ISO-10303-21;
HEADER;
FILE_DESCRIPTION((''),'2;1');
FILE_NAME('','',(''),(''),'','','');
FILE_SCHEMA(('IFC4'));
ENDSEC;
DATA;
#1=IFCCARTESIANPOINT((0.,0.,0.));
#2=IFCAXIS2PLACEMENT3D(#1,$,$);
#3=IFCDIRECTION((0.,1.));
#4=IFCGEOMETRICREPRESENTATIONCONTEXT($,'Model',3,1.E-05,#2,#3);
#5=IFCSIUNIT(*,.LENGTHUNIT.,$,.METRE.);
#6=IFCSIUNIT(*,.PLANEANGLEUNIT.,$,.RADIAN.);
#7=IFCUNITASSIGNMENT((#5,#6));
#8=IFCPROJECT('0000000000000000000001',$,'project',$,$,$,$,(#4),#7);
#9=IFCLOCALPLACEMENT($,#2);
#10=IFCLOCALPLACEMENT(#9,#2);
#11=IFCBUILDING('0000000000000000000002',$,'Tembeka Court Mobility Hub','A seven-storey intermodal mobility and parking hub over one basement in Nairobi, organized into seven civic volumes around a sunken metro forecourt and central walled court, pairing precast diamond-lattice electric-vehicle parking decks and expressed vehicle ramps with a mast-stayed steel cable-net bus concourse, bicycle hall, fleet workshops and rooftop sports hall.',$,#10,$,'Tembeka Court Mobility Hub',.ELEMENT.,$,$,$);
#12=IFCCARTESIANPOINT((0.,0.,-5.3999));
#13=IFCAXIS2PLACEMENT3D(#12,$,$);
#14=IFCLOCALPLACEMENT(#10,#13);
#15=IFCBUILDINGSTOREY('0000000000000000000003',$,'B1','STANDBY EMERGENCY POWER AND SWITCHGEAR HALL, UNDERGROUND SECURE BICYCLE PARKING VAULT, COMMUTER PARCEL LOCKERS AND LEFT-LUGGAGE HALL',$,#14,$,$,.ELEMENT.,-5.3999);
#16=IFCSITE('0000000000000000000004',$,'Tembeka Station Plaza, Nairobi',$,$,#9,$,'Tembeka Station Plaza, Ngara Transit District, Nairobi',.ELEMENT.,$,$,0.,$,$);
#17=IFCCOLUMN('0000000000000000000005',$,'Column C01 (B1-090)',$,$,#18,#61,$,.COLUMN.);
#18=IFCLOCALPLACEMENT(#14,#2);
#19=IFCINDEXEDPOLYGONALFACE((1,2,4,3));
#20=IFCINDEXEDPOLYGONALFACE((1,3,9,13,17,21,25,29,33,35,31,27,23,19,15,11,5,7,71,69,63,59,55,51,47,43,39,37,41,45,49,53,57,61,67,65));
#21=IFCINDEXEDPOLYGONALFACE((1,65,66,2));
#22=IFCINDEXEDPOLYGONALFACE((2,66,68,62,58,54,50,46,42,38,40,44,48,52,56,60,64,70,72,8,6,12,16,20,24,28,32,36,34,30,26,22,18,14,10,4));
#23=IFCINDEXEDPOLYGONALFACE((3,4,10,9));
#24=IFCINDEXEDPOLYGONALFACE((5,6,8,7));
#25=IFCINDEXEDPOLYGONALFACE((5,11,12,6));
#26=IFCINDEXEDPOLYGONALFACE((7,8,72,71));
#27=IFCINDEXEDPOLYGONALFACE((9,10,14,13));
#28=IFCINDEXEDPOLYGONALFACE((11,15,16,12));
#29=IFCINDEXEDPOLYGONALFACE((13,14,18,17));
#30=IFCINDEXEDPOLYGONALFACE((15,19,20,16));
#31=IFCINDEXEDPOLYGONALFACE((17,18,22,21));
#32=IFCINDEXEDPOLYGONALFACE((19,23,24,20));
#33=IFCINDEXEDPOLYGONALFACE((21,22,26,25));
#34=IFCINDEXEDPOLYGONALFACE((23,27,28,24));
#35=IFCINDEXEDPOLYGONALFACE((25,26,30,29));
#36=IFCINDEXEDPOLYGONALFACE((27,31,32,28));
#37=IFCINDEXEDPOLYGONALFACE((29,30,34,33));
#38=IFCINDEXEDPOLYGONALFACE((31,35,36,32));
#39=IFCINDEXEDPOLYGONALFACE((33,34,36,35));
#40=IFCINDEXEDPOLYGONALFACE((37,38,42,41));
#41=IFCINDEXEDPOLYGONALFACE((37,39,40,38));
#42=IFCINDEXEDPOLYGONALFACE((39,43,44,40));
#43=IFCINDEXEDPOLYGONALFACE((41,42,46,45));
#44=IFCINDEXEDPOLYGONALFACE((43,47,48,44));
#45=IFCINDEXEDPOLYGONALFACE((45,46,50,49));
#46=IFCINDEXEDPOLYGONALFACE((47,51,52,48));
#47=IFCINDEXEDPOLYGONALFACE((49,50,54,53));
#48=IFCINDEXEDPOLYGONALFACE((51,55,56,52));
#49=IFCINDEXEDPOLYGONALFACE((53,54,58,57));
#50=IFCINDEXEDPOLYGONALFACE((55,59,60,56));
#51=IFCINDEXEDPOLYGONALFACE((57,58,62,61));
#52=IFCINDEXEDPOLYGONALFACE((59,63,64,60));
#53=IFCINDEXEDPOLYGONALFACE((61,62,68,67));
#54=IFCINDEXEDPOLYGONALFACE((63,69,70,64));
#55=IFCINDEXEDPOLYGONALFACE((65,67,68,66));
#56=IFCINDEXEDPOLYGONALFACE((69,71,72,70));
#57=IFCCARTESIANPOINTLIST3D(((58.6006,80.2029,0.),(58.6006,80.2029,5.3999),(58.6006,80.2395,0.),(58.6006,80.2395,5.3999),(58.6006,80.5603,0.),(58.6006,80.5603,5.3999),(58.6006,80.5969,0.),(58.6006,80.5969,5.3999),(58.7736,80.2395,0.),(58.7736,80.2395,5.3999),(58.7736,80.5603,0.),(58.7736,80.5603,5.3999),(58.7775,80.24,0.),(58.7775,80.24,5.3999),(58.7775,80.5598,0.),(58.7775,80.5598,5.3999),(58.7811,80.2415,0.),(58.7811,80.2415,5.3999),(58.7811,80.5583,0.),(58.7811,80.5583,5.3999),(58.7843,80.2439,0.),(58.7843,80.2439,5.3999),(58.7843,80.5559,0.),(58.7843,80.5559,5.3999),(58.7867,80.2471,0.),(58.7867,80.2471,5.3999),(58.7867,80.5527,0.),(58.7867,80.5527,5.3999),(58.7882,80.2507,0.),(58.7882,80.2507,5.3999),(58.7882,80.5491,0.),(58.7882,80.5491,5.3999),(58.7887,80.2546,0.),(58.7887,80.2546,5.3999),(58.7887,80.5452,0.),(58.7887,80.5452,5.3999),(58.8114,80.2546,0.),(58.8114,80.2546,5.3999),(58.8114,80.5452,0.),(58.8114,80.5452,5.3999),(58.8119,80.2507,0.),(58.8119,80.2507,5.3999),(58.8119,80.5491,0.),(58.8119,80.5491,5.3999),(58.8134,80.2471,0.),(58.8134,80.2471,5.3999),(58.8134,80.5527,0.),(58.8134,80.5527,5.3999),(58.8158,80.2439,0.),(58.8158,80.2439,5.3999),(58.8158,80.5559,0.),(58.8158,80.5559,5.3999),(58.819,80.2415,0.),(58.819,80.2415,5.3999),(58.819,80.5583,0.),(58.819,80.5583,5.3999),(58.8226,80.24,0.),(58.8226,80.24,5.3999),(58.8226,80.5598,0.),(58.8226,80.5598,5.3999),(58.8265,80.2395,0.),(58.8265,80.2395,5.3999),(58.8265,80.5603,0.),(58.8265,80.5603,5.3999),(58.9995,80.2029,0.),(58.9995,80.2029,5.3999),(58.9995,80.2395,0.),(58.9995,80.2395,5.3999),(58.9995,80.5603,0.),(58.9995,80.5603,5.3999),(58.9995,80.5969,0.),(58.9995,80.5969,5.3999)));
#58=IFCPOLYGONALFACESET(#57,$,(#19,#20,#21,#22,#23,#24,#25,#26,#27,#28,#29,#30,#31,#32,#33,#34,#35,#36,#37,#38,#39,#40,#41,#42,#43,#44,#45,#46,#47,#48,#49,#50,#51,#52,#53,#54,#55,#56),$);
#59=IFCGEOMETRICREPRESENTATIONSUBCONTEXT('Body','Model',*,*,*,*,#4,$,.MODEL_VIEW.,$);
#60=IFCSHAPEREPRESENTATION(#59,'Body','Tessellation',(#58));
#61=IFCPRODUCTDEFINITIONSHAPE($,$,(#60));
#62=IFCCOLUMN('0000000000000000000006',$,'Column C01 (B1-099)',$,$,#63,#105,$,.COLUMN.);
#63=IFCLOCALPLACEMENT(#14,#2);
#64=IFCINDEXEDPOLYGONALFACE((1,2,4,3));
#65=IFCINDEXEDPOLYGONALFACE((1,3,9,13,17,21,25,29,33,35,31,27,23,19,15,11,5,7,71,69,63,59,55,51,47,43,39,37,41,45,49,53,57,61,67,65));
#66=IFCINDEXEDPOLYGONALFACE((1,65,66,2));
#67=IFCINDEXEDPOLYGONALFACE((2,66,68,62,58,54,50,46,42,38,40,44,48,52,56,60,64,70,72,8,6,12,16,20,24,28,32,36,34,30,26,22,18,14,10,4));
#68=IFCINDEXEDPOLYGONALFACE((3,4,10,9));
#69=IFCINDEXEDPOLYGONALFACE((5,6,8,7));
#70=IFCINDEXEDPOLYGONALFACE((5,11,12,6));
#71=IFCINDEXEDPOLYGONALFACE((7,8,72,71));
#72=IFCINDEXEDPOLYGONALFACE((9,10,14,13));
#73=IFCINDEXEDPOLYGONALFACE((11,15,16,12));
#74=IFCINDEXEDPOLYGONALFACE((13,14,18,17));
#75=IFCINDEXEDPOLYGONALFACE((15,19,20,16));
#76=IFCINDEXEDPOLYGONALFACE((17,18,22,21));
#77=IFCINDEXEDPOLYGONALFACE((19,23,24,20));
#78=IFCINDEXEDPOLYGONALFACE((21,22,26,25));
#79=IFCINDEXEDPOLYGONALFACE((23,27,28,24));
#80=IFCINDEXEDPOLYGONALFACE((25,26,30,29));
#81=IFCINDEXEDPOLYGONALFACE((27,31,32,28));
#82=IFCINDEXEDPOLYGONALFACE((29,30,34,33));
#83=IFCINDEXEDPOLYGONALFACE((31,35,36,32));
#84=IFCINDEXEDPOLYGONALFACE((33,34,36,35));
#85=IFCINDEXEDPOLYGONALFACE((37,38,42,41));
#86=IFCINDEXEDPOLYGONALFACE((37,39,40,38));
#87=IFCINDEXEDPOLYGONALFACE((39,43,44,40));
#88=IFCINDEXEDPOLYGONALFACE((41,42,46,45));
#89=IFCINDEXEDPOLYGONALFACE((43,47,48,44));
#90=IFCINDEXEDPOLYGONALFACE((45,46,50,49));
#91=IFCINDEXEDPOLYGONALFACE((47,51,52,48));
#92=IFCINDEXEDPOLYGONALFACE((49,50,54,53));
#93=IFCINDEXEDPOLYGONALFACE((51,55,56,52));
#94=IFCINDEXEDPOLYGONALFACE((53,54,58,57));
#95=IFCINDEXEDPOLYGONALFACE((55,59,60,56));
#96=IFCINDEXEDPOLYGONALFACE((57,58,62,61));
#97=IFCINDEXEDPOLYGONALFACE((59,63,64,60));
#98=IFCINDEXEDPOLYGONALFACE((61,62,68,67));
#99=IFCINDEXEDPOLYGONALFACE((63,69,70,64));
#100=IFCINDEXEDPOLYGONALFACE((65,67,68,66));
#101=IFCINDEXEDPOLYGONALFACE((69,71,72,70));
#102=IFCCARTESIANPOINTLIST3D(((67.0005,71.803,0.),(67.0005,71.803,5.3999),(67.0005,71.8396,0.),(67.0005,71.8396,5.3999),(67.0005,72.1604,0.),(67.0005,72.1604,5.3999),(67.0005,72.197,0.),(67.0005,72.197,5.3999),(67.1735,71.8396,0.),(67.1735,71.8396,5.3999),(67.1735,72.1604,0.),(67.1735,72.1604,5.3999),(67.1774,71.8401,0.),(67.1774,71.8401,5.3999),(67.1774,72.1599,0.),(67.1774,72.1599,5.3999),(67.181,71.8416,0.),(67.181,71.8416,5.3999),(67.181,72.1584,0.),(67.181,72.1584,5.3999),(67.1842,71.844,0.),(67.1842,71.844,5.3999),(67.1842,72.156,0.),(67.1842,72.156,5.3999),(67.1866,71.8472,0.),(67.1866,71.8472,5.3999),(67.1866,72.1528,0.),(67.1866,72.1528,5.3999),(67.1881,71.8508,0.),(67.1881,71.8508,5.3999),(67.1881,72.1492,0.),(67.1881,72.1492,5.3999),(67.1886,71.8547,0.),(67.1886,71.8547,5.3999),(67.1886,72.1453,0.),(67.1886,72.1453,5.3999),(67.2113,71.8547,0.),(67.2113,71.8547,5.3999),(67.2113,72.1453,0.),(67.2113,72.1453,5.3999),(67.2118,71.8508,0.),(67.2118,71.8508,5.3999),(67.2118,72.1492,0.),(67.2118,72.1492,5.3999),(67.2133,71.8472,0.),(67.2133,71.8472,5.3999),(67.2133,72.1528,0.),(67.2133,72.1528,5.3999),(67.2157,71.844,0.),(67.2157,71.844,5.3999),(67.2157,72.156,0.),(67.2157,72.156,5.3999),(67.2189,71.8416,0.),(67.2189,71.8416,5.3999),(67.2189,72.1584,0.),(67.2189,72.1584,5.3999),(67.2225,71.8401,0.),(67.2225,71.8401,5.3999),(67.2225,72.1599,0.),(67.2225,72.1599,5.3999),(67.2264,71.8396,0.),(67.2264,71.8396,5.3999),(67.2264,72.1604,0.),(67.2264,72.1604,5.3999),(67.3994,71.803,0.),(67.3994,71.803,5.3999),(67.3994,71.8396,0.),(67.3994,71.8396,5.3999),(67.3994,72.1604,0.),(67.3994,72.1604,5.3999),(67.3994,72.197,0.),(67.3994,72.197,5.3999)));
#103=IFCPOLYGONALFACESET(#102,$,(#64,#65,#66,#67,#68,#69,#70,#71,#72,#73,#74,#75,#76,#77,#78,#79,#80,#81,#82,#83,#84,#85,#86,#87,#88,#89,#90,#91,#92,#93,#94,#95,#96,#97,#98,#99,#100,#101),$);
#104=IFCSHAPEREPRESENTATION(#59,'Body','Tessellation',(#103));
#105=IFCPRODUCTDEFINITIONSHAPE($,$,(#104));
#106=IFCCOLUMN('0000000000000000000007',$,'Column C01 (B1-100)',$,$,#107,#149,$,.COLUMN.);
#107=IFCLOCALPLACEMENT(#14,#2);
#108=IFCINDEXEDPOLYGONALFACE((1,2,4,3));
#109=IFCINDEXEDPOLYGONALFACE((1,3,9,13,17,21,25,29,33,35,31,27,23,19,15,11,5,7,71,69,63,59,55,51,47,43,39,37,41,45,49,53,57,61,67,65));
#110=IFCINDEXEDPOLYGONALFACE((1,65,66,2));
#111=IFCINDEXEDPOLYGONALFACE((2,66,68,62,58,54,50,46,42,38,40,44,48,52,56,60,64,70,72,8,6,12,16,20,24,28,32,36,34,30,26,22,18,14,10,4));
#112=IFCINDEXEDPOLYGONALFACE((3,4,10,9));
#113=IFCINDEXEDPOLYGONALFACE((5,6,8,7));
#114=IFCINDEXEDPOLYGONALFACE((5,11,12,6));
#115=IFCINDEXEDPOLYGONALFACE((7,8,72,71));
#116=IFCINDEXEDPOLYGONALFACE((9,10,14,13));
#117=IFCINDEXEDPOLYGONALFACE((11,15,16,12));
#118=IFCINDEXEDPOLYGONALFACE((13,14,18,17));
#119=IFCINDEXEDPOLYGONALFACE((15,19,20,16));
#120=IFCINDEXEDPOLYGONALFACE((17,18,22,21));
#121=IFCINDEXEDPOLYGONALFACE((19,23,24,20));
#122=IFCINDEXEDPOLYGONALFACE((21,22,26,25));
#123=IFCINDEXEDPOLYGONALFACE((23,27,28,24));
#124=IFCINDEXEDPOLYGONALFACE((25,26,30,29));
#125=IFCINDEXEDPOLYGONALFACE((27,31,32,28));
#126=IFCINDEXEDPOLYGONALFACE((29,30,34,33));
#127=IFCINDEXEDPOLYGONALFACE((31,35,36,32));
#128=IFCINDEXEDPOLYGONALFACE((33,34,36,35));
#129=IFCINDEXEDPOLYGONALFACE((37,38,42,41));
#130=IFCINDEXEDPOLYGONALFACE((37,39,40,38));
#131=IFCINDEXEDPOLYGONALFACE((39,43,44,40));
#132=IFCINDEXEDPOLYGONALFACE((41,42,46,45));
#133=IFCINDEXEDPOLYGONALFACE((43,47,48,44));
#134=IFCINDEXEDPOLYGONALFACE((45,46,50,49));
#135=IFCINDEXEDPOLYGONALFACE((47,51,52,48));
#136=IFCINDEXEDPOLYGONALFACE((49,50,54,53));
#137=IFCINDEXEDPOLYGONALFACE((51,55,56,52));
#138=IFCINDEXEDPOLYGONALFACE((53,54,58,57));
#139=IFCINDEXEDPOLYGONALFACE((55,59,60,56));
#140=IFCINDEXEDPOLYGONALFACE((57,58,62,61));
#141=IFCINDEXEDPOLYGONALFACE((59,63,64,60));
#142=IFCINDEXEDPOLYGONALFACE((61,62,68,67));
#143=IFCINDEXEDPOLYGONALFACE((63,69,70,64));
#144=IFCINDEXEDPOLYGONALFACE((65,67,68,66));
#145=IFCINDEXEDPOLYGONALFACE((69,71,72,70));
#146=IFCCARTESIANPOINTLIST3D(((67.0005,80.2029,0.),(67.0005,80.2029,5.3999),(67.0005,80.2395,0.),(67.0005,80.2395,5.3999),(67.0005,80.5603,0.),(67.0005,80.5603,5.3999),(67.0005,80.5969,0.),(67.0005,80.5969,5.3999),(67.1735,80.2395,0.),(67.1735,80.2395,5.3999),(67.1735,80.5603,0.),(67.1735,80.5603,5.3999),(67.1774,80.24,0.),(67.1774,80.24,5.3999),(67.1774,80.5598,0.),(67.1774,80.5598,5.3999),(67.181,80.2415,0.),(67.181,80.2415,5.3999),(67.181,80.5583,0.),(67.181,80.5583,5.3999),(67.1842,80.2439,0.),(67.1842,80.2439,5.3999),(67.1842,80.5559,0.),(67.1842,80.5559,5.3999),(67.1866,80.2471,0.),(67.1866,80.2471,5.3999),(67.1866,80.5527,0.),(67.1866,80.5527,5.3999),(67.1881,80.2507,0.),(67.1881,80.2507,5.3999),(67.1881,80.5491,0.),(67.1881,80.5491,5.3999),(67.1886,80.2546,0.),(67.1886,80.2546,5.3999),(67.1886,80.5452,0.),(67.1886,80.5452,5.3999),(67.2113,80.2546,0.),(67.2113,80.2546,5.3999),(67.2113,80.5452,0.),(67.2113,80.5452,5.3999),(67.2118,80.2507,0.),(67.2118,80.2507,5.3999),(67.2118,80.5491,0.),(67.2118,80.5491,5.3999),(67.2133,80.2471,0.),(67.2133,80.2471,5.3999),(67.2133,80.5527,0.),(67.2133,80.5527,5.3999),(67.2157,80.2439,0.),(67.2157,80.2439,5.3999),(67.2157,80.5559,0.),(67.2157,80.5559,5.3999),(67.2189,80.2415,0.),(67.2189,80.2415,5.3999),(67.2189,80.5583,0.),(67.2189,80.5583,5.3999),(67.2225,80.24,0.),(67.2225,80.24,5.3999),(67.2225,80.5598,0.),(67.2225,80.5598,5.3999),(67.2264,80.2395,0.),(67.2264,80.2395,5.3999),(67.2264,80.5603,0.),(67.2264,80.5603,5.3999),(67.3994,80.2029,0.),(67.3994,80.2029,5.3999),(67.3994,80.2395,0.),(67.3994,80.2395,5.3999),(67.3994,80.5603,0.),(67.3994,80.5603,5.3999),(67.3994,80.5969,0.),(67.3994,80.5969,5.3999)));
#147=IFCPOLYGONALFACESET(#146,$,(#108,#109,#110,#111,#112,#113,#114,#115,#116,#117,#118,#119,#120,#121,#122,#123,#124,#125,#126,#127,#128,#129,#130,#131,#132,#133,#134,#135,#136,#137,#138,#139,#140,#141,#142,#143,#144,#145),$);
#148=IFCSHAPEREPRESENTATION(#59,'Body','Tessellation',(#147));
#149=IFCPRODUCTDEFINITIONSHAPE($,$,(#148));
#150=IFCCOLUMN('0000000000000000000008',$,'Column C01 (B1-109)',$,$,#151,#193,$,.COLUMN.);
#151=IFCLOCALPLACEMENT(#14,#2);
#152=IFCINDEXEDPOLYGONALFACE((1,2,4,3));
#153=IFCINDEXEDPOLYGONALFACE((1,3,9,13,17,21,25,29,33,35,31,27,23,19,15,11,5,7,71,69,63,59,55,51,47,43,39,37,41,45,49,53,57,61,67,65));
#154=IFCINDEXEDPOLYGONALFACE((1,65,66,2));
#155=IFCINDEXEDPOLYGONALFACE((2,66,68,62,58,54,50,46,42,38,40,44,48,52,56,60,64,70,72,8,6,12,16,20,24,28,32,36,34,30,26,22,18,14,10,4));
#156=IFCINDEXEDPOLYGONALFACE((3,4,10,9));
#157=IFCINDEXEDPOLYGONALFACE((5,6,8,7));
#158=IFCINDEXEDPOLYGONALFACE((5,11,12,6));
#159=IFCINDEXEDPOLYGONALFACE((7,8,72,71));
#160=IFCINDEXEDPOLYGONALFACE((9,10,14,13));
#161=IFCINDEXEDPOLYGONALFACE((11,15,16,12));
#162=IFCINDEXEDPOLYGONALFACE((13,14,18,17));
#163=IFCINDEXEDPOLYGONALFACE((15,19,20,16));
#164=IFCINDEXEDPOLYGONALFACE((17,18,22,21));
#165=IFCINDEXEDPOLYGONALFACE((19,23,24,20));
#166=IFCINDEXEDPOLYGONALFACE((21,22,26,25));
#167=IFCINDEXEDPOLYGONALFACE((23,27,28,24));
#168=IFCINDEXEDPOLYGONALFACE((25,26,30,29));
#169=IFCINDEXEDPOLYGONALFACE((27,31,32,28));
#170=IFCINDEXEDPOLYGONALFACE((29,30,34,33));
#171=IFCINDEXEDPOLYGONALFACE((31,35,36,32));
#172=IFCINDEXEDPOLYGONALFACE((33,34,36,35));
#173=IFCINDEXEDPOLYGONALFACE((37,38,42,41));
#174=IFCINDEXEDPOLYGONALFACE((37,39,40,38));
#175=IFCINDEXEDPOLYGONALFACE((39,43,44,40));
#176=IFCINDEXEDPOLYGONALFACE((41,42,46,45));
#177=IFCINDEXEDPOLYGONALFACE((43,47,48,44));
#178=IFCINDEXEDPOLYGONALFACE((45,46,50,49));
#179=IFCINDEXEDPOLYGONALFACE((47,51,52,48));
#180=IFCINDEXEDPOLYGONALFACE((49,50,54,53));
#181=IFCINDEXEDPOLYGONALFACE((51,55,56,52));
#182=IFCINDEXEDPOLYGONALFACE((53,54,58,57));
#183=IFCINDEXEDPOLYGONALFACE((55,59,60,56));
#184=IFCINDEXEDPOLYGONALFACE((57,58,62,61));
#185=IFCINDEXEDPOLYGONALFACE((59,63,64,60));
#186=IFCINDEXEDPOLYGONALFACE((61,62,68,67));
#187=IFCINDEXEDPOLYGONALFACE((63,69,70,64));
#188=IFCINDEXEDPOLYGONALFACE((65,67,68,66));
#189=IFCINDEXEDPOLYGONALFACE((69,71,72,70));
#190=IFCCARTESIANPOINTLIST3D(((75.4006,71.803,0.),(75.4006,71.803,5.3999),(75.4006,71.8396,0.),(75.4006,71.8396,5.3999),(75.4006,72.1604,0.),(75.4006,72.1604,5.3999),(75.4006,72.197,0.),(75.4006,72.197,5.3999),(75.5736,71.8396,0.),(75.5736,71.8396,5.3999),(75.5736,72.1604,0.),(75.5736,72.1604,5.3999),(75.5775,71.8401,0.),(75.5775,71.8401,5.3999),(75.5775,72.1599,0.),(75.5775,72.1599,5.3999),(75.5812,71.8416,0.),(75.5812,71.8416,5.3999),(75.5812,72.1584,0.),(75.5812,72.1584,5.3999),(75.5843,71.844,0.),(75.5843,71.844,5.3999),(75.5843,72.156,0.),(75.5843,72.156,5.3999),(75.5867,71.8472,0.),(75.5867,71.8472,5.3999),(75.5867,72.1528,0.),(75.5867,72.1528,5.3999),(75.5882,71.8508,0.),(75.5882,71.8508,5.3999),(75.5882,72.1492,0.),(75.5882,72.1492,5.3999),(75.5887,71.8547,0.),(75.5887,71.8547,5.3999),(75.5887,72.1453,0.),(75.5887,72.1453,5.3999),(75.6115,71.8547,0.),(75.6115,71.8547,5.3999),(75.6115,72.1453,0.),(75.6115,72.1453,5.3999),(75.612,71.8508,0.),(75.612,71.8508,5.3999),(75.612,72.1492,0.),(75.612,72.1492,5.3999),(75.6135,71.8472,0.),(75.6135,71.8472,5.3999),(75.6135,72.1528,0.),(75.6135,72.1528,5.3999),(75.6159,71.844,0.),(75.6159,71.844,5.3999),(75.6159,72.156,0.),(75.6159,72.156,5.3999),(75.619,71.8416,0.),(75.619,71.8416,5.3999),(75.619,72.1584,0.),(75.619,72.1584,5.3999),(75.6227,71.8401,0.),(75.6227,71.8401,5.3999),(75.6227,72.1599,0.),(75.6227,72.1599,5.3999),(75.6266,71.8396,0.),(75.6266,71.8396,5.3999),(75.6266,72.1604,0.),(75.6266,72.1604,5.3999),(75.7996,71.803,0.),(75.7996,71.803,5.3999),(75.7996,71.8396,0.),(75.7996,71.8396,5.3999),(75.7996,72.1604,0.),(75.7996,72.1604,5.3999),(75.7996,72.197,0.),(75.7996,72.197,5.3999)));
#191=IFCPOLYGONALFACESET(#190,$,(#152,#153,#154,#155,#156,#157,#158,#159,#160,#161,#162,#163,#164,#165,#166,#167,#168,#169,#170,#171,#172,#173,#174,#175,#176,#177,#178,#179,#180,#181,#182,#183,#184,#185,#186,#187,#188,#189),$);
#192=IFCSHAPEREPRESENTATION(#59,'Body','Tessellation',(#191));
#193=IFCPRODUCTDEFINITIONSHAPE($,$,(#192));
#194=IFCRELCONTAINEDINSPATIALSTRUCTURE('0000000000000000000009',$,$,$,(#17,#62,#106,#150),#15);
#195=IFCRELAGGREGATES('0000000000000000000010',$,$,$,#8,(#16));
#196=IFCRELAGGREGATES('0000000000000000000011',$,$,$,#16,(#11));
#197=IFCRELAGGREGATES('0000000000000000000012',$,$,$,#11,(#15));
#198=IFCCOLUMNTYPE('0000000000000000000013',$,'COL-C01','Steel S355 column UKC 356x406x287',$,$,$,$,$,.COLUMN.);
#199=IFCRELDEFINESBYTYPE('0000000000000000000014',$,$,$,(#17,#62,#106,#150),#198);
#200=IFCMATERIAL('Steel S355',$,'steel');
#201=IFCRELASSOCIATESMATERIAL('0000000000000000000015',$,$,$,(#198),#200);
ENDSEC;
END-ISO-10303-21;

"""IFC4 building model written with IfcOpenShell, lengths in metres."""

from ifc_helpers import new_model, si_unit, direction, frame, origin, origin_2d, place, context, subcontext, project, spatial, i_section, extrude, material, material_profile, profile_set, type_object, element, save


model = new_model("IFC4")

# Units and contexts
model_context = context("Model", 3, precision=1e-05, world=origin(), true_north=direction((0.0, 1.0)))
body_context = subcontext(model_context, "Body", "Model", "MODEL_VIEW")
ifc_project = project(units=[si_unit("LENGTHUNIT", "METRE"), si_unit("PLANEANGLEUNIT", "RADIAN")], contexts=[model_context])

# Site, building, storey
site_placement = place(None, origin())
site = spatial("IfcSite", under=ifc_project, at=site_placement, Name="Tembeka Station Plaza, Nairobi", LongName="Tembeka Station Plaza, Ngara Transit District, Nairobi", CompositionType="ELEMENT", RefElevation=0.0)
building_placement = place(site_placement, origin())
building = spatial("IfcBuilding", under=site, at=building_placement, Name="Tembeka Court Mobility Hub", Description="A seven-storey intermodal mobility and parking hub over one basement in Nairobi, organized into seven civic volumes around a sunken metro forecourt and central walled court, pairing precast diamond-lattice electric-vehicle parking decks and expressed vehicle ramps with a mast-stayed steel cable-net bus concourse, bicycle hall, fleet workshops and rooftop sports hall.", LongName="Tembeka Court Mobility Hub", CompositionType="ELEMENT")
storey_placement = place(building_placement, frame((0.0, 0.0, -5.3999)))
storey = spatial("IfcBuildingStorey", under=building, at=storey_placement, Name="B1", Description="STANDBY EMERGENCY POWER AND SWITCHGEAR HALL, UNDERGROUND SECURE BICYCLE PARKING VAULT, COMMUTER PARCEL LOCKERS AND LEFT-LUGGAGE HALL", CompositionType="ELEMENT", Elevation=-5.3999)

# Columns
ifc_material_1 = material(Name="Steel S355", Category="steel")
ifc_material_profile_1 = material_profile(ifc_material_1, i_section(OverallWidth=0.3989, OverallDepth=0.394, WebThickness=0.0227, FlangeThickness=0.0366, FilletRadius=0.0151, at=origin_2d()), Name="UKC 356x406x287")
ifc_profile_set_1 = profile_set([ifc_material_profile_1], Name="Steel S355")
column_type = type_object("IfcColumnType", Name="COL-C01", Description="Steel S355 column UKC 356x406x287", PredefinedType="COLUMN", material=ifc_profile_set_1)
for number, where, z_axis, x_axis, name in (
    (1, (58.8, 80.3999, 0.0), (0.0, 0.0, 1.0), (1.0, 0.0, 0.0), "Column C01 (B1-090)"),
    (2, (67.2, 72.0, 0.0), (0.0, 0.0, 1.0), (1.0, 0.0, 0.0), "Column C01 (B1-099)"),
    (3, (67.2, 80.3999, 0.0), (0.0, 0.0, 1.0), (1.0, 0.0, 0.0), "Column C01 (B1-100)"),
    (4, (75.6001, 72.0, 0.0), (0.0, 0.0, 1.0), (1.0, 0.0, 0.0), "Column C01 (B1-109)"),
):
    element("IfcColumn", number, at=place(storey_placement, frame(where, z_axis=z_axis, x_axis=x_axis)), inside=storey, type_object=column_type, Name=name, PredefinedType="COLUMN", context=body_context, shape_type="SweptSolid", body=[
        extrude(i_section(OverallWidth=0.3989, OverallDepth=0.394, WebThickness=0.0227, FlangeThickness=0.0366, FilletRadius=0.0151, at=origin_2d()), origin(), (0.0, 0.0, 1.0), 5.3999),
    ])

save(model, "model.ifc")
